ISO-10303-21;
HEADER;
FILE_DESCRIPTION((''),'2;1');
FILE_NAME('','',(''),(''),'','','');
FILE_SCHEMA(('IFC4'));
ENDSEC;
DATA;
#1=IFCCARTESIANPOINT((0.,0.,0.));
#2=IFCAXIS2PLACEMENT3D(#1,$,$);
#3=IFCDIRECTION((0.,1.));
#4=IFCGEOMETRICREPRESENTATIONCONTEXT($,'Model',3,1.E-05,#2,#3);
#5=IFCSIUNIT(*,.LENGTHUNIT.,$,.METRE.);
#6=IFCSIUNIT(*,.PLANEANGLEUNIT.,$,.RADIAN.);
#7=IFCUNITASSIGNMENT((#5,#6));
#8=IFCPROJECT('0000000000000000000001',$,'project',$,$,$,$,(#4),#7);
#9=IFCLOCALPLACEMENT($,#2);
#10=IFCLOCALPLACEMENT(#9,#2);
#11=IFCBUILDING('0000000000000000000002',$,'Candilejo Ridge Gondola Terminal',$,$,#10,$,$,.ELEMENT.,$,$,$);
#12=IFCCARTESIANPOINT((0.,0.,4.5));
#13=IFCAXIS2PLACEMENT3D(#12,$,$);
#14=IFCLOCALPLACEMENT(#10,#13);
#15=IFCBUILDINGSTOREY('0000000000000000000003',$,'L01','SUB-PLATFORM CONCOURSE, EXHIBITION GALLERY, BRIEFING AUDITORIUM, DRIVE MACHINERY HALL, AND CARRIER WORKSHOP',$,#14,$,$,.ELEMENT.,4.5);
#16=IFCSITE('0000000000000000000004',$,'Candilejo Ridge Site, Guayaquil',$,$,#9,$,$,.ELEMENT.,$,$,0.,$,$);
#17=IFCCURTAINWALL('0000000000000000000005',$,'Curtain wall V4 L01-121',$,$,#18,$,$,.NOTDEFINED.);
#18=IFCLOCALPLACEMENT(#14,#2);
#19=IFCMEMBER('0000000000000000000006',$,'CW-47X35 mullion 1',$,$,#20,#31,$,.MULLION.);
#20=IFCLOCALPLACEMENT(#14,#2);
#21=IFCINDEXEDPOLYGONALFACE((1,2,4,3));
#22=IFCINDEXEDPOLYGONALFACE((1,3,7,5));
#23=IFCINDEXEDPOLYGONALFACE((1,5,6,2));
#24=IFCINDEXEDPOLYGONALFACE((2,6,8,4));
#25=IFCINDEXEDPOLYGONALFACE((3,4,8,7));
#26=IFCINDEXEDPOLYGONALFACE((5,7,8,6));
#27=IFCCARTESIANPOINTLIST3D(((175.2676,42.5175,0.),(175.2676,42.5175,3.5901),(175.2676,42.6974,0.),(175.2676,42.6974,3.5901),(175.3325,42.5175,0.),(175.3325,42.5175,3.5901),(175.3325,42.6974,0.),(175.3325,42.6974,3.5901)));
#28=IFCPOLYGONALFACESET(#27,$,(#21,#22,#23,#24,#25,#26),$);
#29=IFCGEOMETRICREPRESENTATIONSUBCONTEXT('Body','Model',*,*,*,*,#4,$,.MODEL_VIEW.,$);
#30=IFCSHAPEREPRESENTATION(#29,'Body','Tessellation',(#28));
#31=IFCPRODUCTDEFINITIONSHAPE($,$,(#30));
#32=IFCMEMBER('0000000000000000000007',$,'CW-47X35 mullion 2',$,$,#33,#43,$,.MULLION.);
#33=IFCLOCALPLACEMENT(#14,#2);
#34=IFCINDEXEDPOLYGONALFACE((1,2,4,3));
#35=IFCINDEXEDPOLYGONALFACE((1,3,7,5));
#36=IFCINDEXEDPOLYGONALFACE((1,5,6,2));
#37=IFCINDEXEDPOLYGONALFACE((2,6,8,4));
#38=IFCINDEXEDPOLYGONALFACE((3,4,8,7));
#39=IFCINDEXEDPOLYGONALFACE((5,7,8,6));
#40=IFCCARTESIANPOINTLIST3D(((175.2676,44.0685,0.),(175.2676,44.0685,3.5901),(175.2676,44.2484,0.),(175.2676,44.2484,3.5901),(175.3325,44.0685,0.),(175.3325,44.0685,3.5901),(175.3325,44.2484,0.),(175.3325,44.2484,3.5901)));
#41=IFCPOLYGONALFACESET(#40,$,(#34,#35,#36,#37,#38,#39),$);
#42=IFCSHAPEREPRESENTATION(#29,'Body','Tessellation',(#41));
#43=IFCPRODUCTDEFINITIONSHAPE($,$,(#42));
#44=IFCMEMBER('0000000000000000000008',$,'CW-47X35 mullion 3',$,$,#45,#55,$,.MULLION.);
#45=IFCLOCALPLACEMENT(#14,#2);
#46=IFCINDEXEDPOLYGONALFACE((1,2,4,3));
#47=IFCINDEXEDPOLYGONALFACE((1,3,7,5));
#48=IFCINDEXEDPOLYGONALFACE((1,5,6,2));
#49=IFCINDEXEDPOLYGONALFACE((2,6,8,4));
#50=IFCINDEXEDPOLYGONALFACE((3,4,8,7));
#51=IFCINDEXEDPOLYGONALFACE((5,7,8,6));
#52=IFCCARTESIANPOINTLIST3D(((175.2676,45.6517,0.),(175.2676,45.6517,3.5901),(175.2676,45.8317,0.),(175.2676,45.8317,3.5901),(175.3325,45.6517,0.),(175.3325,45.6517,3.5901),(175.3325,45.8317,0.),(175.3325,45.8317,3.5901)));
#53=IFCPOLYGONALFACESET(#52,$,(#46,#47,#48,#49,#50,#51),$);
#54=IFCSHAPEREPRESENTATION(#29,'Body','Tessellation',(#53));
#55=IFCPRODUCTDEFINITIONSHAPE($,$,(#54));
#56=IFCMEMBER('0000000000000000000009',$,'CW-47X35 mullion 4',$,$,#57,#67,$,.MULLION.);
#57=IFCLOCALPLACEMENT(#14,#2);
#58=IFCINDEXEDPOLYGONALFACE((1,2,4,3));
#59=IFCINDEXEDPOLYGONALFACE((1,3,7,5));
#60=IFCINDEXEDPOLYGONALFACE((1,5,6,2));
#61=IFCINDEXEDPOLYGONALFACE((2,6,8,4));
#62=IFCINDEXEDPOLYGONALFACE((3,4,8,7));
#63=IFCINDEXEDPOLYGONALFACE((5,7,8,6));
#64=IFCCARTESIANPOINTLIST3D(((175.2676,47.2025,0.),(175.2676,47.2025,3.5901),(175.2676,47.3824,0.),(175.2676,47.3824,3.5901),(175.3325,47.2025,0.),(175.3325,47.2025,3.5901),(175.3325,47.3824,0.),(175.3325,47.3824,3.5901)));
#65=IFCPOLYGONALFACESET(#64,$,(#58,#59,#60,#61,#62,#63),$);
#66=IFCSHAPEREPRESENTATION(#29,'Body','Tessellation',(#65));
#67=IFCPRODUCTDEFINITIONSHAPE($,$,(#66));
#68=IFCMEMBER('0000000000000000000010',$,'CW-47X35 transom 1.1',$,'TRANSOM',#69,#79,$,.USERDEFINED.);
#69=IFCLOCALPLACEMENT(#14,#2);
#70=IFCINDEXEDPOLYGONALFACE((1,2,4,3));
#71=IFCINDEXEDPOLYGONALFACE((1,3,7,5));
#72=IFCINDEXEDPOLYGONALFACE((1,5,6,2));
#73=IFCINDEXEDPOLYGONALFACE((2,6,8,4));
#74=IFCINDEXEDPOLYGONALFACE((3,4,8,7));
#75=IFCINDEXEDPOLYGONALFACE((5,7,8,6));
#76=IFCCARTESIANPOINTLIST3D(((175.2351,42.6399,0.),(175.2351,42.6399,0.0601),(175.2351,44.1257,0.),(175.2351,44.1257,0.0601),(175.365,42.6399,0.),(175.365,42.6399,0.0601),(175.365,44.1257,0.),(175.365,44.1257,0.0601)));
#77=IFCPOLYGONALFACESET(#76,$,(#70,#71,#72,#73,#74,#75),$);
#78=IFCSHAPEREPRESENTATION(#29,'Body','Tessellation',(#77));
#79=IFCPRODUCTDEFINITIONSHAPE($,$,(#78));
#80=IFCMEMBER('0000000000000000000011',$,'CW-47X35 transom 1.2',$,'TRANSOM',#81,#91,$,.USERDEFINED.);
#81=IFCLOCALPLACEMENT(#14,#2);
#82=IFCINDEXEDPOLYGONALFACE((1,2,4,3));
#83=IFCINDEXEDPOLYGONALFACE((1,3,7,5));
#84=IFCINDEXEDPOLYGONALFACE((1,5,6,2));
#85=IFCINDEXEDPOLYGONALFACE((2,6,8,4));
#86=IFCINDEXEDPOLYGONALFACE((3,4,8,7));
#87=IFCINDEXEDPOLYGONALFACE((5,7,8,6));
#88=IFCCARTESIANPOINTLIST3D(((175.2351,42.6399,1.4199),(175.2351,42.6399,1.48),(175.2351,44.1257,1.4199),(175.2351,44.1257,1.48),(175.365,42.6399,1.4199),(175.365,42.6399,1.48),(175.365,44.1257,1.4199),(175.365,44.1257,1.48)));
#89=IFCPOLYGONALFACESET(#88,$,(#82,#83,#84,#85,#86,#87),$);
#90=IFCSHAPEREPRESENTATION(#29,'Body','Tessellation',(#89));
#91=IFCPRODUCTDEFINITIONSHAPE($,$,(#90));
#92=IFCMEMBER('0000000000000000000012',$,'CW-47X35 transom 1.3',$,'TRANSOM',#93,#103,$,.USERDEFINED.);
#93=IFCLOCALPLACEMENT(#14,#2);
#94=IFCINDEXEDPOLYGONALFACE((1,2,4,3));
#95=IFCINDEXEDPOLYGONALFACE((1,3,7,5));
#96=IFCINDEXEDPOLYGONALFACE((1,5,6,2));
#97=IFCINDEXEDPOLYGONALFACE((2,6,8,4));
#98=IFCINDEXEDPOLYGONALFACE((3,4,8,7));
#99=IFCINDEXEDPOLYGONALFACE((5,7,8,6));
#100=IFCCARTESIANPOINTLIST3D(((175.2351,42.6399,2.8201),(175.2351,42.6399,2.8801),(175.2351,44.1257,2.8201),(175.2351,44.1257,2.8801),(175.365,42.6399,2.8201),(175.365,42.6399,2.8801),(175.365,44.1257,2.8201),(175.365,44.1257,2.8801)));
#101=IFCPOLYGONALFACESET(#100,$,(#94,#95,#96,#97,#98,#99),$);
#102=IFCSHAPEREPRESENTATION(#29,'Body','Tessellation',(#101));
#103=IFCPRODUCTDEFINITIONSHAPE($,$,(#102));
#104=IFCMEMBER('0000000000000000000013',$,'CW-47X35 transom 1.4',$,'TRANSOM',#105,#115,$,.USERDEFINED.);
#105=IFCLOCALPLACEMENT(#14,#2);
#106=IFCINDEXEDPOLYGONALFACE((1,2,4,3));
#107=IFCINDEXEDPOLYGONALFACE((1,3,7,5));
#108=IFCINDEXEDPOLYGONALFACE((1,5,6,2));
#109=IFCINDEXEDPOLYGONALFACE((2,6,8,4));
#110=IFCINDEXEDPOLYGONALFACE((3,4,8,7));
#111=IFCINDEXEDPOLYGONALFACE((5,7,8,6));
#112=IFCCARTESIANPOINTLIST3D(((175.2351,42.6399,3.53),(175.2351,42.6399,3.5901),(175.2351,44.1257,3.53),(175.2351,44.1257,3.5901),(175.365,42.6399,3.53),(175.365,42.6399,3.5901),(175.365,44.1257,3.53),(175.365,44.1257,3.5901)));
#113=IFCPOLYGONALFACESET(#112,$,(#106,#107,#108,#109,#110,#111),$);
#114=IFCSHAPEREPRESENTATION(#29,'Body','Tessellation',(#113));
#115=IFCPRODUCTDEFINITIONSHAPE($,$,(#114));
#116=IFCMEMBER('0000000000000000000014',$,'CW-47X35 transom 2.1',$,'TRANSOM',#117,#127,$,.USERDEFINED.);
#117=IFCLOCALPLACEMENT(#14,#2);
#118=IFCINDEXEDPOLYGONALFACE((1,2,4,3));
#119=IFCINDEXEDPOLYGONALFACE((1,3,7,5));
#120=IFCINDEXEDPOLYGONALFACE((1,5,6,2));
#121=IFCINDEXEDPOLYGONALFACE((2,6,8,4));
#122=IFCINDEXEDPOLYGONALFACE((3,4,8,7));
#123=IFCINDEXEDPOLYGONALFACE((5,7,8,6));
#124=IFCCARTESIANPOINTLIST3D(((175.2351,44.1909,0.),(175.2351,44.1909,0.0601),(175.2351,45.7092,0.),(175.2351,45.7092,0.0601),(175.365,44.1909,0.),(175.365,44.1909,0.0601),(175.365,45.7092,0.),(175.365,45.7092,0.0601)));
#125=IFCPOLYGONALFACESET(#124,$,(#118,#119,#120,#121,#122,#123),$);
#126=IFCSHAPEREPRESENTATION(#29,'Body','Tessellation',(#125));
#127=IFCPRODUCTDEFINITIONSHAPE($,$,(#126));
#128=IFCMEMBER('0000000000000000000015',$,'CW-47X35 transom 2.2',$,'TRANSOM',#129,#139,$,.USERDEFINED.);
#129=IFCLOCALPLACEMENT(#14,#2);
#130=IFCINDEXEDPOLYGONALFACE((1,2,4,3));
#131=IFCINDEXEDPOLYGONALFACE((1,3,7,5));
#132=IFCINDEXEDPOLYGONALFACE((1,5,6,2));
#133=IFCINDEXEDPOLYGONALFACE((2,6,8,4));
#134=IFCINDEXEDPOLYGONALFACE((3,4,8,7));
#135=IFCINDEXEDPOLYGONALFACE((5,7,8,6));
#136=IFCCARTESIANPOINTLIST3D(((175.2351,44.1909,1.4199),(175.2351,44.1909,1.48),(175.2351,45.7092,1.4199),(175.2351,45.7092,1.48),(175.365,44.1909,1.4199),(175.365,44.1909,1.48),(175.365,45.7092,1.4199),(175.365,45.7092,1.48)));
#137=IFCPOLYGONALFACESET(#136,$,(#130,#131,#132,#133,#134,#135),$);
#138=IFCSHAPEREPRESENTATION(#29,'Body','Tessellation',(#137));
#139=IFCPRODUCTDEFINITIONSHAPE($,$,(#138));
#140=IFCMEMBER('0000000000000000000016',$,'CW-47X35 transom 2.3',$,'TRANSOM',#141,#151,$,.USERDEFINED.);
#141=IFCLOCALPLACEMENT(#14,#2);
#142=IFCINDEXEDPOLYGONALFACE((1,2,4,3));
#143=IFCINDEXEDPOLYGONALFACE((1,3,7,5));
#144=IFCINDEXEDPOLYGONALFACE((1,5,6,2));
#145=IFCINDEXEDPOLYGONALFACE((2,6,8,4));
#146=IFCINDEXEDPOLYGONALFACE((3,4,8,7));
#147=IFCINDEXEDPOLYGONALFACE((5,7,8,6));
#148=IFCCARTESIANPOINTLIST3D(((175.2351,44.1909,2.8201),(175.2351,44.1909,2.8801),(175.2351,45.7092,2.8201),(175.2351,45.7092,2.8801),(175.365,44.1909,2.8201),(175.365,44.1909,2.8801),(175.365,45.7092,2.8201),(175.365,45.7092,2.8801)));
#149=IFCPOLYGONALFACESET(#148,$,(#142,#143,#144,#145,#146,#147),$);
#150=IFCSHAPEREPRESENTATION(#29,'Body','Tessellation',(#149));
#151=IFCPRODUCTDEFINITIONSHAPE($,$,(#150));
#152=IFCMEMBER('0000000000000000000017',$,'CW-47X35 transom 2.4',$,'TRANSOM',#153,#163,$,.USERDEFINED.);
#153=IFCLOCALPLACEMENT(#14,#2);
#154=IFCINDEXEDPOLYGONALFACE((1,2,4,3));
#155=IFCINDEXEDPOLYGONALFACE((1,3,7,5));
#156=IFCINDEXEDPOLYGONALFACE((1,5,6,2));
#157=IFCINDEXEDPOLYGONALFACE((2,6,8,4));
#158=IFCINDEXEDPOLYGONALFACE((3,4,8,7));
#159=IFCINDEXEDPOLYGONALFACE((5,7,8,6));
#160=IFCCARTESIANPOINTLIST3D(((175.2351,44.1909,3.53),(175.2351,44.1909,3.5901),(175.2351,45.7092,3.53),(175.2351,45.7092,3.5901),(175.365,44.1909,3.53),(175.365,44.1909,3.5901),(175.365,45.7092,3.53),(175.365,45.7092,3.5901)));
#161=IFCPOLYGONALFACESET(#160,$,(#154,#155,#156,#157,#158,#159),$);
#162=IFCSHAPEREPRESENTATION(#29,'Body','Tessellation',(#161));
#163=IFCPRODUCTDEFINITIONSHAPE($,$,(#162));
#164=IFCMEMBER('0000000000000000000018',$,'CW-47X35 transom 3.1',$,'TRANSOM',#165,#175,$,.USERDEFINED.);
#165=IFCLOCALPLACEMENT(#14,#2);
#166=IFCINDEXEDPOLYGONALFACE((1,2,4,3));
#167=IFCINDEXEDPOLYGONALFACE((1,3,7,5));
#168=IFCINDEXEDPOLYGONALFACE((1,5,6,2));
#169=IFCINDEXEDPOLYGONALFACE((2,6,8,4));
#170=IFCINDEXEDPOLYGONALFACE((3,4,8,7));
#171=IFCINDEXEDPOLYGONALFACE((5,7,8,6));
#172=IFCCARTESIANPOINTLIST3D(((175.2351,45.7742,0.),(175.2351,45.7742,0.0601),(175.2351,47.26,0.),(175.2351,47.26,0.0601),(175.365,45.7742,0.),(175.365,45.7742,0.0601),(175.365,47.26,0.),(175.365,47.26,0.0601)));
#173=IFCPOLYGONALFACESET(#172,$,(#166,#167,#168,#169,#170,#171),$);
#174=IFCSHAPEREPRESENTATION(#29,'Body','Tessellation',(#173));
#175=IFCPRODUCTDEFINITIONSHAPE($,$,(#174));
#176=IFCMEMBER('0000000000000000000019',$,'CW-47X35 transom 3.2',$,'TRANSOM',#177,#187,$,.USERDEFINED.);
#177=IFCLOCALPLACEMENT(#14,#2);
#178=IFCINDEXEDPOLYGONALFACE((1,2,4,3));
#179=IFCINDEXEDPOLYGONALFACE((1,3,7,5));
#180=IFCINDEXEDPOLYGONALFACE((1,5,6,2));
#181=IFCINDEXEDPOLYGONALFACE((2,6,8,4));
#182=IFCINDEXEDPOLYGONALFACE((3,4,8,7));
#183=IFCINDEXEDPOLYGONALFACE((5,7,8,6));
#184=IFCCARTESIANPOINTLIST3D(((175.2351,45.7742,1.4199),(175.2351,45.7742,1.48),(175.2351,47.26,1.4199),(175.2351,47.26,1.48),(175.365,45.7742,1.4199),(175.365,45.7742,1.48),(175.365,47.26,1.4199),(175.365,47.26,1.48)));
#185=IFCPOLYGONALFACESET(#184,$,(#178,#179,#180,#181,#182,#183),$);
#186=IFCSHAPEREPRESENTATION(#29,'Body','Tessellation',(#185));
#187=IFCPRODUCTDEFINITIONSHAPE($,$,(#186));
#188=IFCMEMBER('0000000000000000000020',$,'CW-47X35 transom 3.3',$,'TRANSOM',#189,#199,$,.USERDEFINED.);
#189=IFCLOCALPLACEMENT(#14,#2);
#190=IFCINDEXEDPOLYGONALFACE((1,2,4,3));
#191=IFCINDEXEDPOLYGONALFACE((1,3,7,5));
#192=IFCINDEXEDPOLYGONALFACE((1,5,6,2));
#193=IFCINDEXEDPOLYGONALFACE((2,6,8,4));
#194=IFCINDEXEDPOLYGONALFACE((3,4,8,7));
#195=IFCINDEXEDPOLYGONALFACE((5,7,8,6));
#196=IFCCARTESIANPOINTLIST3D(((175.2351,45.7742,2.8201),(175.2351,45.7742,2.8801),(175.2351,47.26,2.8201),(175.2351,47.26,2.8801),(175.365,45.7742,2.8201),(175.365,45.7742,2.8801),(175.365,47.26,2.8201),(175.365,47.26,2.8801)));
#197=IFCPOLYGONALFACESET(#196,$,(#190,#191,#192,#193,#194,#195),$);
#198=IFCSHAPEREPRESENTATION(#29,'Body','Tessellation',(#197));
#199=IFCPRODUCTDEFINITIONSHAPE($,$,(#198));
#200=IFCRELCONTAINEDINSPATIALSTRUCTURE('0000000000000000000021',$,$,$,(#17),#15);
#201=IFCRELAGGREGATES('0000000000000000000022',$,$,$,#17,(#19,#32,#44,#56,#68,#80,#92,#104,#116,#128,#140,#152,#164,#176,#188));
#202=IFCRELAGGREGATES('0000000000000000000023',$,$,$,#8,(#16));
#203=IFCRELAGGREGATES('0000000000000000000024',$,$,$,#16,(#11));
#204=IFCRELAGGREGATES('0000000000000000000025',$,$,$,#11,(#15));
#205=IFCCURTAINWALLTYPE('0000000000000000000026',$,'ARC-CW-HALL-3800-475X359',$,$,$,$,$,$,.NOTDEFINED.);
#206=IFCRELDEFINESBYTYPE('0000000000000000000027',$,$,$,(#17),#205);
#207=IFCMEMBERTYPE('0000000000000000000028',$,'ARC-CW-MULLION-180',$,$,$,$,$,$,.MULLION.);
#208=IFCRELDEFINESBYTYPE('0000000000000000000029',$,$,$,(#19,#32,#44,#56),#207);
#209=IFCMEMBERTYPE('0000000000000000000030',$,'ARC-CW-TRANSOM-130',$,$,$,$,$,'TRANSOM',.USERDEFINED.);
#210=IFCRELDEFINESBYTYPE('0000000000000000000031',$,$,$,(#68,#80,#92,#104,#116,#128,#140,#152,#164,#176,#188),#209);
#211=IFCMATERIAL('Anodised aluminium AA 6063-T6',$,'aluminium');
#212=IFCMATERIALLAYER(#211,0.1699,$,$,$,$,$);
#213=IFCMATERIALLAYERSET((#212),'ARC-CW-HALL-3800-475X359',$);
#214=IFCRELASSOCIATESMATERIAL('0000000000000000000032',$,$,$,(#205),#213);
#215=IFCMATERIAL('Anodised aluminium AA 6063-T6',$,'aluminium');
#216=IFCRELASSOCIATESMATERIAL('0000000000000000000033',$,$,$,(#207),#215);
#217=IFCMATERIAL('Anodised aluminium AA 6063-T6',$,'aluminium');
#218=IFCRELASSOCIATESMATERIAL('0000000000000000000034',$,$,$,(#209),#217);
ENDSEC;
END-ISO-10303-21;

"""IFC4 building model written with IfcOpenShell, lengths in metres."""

from ifc_helpers import new_model, si_unit, direction, frame, origin, origin_2d, place, context, subcontext, project, spatial, rectangle, extrude, material, layer, layer_set, material_profile, profile_set, type_object, element, aggregate, save


model = new_model("IFC4")

# Units and contexts
model_context = context("Model", 3, precision=1e-05, world=origin(), true_north=direction((0.0, 1.0)))
body_context = subcontext(model_context, "Body", "Model", "MODEL_VIEW")
ifc_project = project(units=[si_unit("LENGTHUNIT", "METRE"), si_unit("PLANEANGLEUNIT", "RADIAN")], contexts=[model_context])

# Site, building, storey
site_placement = place(None, origin())
site = spatial("IfcSite", under=ifc_project, at=site_placement, Name="Candilejo Ridge Site, Guayaquil", CompositionType="ELEMENT", RefElevation=0.0)
building_placement = place(site_placement, origin())
building = spatial("IfcBuilding", under=site, at=building_placement, Name="Candilejo Ridge Gondola Terminal", CompositionType="ELEMENT")
storey_placement = place(building_placement, frame((0.0, 0.0, 4.5)))
storey = spatial("IfcBuildingStorey", under=building, at=storey_placement, Name="L01", Description="SUB-PLATFORM CONCOURSE, EXHIBITION GALLERY, BRIEFING AUDITORIUM, DRIVE MACHINERY HALL, AND CARRIER WORKSHOP", CompositionType="ELEMENT", Elevation=4.5)

# Curtain wall, members
ifc_material_1 = material(Name="Anodised aluminium AA 6063-T6", Category="aluminium")
ifc_layer_1 = layer(ifc_material_1, 0.1699)
ifc_layer_set_1 = layer_set([ifc_layer_1], Name="ARC-CW-HALL-3800-475X359")
curtain_wall_type = type_object("IfcCurtainWallType", Name="ARC-CW-HALL-3800-475X359", PredefinedType="NOTDEFINED", material=ifc_layer_set_1)
curtain_wall_placement = place(storey_placement, origin())
curtain_wall = element("IfcCurtainWall", 1, at=curtain_wall_placement, inside=storey, type_object=curtain_wall_type, Name="Curtain wall V4 L01-121", PredefinedType="NOTDEFINED")
ifc_material_2 = material(Name="Anodised aluminium AA 6063-T6", Category="aluminium")
ifc_material_profile_1 = material_profile(ifc_material_2, rectangle(XDim=0.0649, YDim=0.1799, at=origin_2d()))
ifc_profile_set_1 = profile_set([ifc_material_profile_1], Name="Anodised aluminium AA 6063-T6")
member_type_1 = type_object("IfcMemberType", Name="ARC-CW-MULLION-180", PredefinedType="MULLION", material=ifc_profile_set_1)
member_1_placement = place(storey_placement, frame((175.3, 42.6074, 0.0), z_axis=(0.0, 0.0, 1.0), x_axis=(-1.0, 0.0, 0.0)))
member_1 = element("IfcMember", 2, at=member_1_placement, type_object=member_type_1, Name="CW-47X35 mullion 1", PredefinedType="MULLION", context=body_context, shape_type="SweptSolid", body=[
    extrude(rectangle(XDim=0.0649, YDim=0.1799, at=origin_2d()), origin(), (0.0, 0.0, 1.0), 3.5901),
])
member_2_placement = place(storey_placement, frame((175.3, 44.1584, 0.0), z_axis=(0.0, 0.0, 1.0), x_axis=(-1.0, 0.0, 0.0)))
member_2 = element("IfcMember", 3, at=member_2_placement, type_object=member_type_1, Name="CW-47X35 mullion 2", PredefinedType="MULLION", context=body_context, shape_type="SweptSolid", body=[
    extrude(rectangle(XDim=0.0649, YDim=0.1799, at=origin_2d()), origin(), (0.0, 0.0, 1.0), 3.5901),
])
member_3_placement = place(storey_placement, frame((175.3, 45.7417, 0.0), z_axis=(0.0, 0.0, 1.0), x_axis=(-1.0, 0.0, 0.0)))
member_3 = element("IfcMember", 4, at=member_3_placement, type_object=member_type_1, Name="CW-47X35 mullion 3", PredefinedType="MULLION", context=body_context, shape_type="SweptSolid", body=[
    extrude(rectangle(XDim=0.0649, YDim=0.1799, at=origin_2d()), origin(), (0.0, 0.0, 1.0), 3.5901),
])
member_4_placement = place(storey_placement, frame((175.3, 47.2925, 0.0), z_axis=(0.0, 0.0, 1.0), x_axis=(-1.0, 0.0, 0.0)))
member_4 = element("IfcMember", 5, at=member_4_placement, type_object=member_type_1, Name="CW-47X35 mullion 4", PredefinedType="MULLION", context=body_context, shape_type="SweptSolid", body=[
    extrude(rectangle(XDim=0.0649, YDim=0.1799, at=origin_2d()), origin(), (0.0, 0.0, 1.0), 3.5901),
])
ifc_material_3 = material(Name="Anodised aluminium AA 6063-T6", Category="aluminium")
ifc_material_profile_2 = material_profile(ifc_material_3, rectangle(XDim=0.1299, YDim=0.0601, at=origin_2d()))
ifc_profile_set_2 = profile_set([ifc_material_profile_2], Name="Anodised aluminium AA 6063-T6")
member_type_2 = type_object("IfcMemberType", Name="ARC-CW-TRANSOM-130", ElementType="TRANSOM", PredefinedType="USERDEFINED", material=ifc_profile_set_2)
member_5_placement = place(storey_placement, frame((175.3, 42.6399, 0.03), z_axis=(0.0, 1.0, 0.0), x_axis=(-1.0, 0.0, 0.0)))
member_5 = element("IfcMember", 6, at=member_5_placement, type_object=member_type_2, Name="CW-47X35 transom 1.1", ObjectType="TRANSOM", PredefinedType="USERDEFINED", context=body_context, shape_type="SweptSolid", body=[
    extrude(rectangle(XDim=0.1299, YDim=0.0601, at=origin_2d()), origin(), (0.0, 0.0, 1.0), 1.4858),
])
member_6_placement = place(storey_placement, frame((175.3, 42.6399, 1.45), z_axis=(0.0, 1.0, 0.0), x_axis=(-1.0, 0.0, 0.0)))
member_6 = element("IfcMember", 7, at=member_6_placement, type_object=member_type_2, Name="CW-47X35 transom 1.2", ObjectType="TRANSOM", PredefinedType="USERDEFINED", context=body_context, shape_type="SweptSolid", body=[
    extrude(rectangle(XDim=0.1299, YDim=0.0601, at=origin_2d()), origin(), (0.0, 0.0, 1.0), 1.4858),
])
member_7_placement = place(storey_placement, frame((175.3, 42.6399, 2.8501), z_axis=(0.0, 1.0, 0.0), x_axis=(-1.0, 0.0, 0.0)))
member_7 = element("IfcMember", 8, at=member_7_placement, type_object=member_type_2, Name="CW-47X35 transom 1.3", ObjectType="TRANSOM", PredefinedType="USERDEFINED", context=body_context, shape_type="SweptSolid", body=[
    extrude(rectangle(XDim=0.1299, YDim=0.0601, at=origin_2d()), origin(), (0.0, 0.0, 1.0), 1.4858),
])
member_8_placement = place(storey_placement, frame((175.3, 42.6399, 3.5601), z_axis=(0.0, 1.0, 0.0), x_axis=(-1.0, 0.0, 0.0)))
member_8 = element("IfcMember", 9, at=member_8_placement, type_object=member_type_2, Name="CW-47X35 transom 1.4", ObjectType="TRANSOM", PredefinedType="USERDEFINED", context=body_context, shape_type="SweptSolid", body=[
    extrude(rectangle(XDim=0.1299, YDim=0.0601, at=origin_2d()), origin(), (0.0, 0.0, 1.0), 1.4858),
])
member_9_placement = place(storey_placement, frame((175.3, 44.1909, 0.03), z_axis=(0.0, 1.0, 0.0), x_axis=(-1.0, 0.0, 0.0)))
member_9 = element("IfcMember", 10, at=member_9_placement, type_object=member_type_2, Name="CW-47X35 transom 2.1", ObjectType="TRANSOM", PredefinedType="USERDEFINED", context=body_context, shape_type="SweptSolid", body=[
    extrude(rectangle(XDim=0.1299, YDim=0.0601, at=origin_2d()), origin(), (0.0, 0.0, 1.0), 1.5183),
])
member_10_placement = place(storey_placement, frame((175.3, 44.1909, 1.45), z_axis=(0.0, 1.0, 0.0), x_axis=(-1.0, 0.0, 0.0)))
member_10 = element("IfcMember", 11, at=member_10_placement, type_object=member_type_2, Name="CW-47X35 transom 2.2", ObjectType="TRANSOM", PredefinedType="USERDEFINED", context=body_context, shape_type="SweptSolid", body=[
    extrude(rectangle(XDim=0.1299, YDim=0.0601, at=origin_2d()), origin(), (0.0, 0.0, 1.0), 1.5183),
])
member_11_placement = place(storey_placement, frame((175.3, 44.1909, 2.8501), z_axis=(0.0, 1.0, 0.0), x_axis=(-1.0, 0.0, 0.0)))
member_11 = element("IfcMember", 12, at=member_11_placement, type_object=member_type_2, Name="CW-47X35 transom 2.3", ObjectType="TRANSOM", PredefinedType="USERDEFINED", context=body_context, shape_type="SweptSolid", body=[
    extrude(rectangle(XDim=0.1299, YDim=0.0601, at=origin_2d()), origin(), (0.0, 0.0, 1.0), 1.5183),
])
member_12_placement = place(storey_placement, frame((175.3, 44.1909, 3.5601), z_axis=(0.0, 1.0, 0.0), x_axis=(-1.0, 0.0, 0.0)))
member_12 = element("IfcMember", 13, at=member_12_placement, type_object=member_type_2, Name="CW-47X35 transom 2.4", ObjectType="TRANSOM", PredefinedType="USERDEFINED", context=body_context, shape_type="SweptSolid", body=[
    extrude(rectangle(XDim=0.1299, YDim=0.0601, at=origin_2d()), origin(), (0.0, 0.0, 1.0), 1.5183),
])
member_13_placement = place(storey_placement, frame((175.3, 45.7742, 0.03), z_axis=(0.0, 1.0, 0.0), x_axis=(-1.0, 0.0, 0.0)))
member_13 = element("IfcMember", 14, at=member_13_placement, type_object=member_type_2, Name="CW-47X35 transom 3.1", ObjectType="TRANSOM", PredefinedType="USERDEFINED", context=body_context, shape_type="SweptSolid", body=[
    extrude(rectangle(XDim=0.1299, YDim=0.0601, at=origin_2d()), origin(), (0.0, 0.0, 1.0), 1.4858),
])
member_14_placement = place(storey_placement, frame((175.3, 45.7742, 1.45), z_axis=(0.0, 1.0, 0.0), x_axis=(-1.0, 0.0, 0.0)))
member_14 = element("IfcMember", 15, at=member_14_placement, type_object=member_type_2, Name="CW-47X35 transom 3.2", ObjectType="TRANSOM", PredefinedType="USERDEFINED", context=body_context, shape_type="SweptSolid", body=[
    extrude(rectangle(XDim=0.1299, YDim=0.0601, at=origin_2d()), origin(), (0.0, 0.0, 1.0), 1.4858),
])
member_15_placement = place(storey_placement, frame((175.3, 45.7742, 2.8501), z_axis=(0.0, 1.0, 0.0), x_axis=(-1.0, 0.0, 0.0)))
member_15 = element("IfcMember", 16, at=member_15_placement, type_object=member_type_2, Name="CW-47X35 transom 3.3", ObjectType="TRANSOM", PredefinedType="USERDEFINED", context=body_context, shape_type="SweptSolid", body=[
    extrude(rectangle(XDim=0.1299, YDim=0.0601, at=origin_2d()), origin(), (0.0, 0.0, 1.0), 1.4858),
])
aggregate(curtain_wall, [member_1, member_2, member_3, member_4, member_5, member_6, member_7, member_8, member_9, member_10, member_11, member_12, member_13, member_14, member_15])

save(model, "model.ifc")
